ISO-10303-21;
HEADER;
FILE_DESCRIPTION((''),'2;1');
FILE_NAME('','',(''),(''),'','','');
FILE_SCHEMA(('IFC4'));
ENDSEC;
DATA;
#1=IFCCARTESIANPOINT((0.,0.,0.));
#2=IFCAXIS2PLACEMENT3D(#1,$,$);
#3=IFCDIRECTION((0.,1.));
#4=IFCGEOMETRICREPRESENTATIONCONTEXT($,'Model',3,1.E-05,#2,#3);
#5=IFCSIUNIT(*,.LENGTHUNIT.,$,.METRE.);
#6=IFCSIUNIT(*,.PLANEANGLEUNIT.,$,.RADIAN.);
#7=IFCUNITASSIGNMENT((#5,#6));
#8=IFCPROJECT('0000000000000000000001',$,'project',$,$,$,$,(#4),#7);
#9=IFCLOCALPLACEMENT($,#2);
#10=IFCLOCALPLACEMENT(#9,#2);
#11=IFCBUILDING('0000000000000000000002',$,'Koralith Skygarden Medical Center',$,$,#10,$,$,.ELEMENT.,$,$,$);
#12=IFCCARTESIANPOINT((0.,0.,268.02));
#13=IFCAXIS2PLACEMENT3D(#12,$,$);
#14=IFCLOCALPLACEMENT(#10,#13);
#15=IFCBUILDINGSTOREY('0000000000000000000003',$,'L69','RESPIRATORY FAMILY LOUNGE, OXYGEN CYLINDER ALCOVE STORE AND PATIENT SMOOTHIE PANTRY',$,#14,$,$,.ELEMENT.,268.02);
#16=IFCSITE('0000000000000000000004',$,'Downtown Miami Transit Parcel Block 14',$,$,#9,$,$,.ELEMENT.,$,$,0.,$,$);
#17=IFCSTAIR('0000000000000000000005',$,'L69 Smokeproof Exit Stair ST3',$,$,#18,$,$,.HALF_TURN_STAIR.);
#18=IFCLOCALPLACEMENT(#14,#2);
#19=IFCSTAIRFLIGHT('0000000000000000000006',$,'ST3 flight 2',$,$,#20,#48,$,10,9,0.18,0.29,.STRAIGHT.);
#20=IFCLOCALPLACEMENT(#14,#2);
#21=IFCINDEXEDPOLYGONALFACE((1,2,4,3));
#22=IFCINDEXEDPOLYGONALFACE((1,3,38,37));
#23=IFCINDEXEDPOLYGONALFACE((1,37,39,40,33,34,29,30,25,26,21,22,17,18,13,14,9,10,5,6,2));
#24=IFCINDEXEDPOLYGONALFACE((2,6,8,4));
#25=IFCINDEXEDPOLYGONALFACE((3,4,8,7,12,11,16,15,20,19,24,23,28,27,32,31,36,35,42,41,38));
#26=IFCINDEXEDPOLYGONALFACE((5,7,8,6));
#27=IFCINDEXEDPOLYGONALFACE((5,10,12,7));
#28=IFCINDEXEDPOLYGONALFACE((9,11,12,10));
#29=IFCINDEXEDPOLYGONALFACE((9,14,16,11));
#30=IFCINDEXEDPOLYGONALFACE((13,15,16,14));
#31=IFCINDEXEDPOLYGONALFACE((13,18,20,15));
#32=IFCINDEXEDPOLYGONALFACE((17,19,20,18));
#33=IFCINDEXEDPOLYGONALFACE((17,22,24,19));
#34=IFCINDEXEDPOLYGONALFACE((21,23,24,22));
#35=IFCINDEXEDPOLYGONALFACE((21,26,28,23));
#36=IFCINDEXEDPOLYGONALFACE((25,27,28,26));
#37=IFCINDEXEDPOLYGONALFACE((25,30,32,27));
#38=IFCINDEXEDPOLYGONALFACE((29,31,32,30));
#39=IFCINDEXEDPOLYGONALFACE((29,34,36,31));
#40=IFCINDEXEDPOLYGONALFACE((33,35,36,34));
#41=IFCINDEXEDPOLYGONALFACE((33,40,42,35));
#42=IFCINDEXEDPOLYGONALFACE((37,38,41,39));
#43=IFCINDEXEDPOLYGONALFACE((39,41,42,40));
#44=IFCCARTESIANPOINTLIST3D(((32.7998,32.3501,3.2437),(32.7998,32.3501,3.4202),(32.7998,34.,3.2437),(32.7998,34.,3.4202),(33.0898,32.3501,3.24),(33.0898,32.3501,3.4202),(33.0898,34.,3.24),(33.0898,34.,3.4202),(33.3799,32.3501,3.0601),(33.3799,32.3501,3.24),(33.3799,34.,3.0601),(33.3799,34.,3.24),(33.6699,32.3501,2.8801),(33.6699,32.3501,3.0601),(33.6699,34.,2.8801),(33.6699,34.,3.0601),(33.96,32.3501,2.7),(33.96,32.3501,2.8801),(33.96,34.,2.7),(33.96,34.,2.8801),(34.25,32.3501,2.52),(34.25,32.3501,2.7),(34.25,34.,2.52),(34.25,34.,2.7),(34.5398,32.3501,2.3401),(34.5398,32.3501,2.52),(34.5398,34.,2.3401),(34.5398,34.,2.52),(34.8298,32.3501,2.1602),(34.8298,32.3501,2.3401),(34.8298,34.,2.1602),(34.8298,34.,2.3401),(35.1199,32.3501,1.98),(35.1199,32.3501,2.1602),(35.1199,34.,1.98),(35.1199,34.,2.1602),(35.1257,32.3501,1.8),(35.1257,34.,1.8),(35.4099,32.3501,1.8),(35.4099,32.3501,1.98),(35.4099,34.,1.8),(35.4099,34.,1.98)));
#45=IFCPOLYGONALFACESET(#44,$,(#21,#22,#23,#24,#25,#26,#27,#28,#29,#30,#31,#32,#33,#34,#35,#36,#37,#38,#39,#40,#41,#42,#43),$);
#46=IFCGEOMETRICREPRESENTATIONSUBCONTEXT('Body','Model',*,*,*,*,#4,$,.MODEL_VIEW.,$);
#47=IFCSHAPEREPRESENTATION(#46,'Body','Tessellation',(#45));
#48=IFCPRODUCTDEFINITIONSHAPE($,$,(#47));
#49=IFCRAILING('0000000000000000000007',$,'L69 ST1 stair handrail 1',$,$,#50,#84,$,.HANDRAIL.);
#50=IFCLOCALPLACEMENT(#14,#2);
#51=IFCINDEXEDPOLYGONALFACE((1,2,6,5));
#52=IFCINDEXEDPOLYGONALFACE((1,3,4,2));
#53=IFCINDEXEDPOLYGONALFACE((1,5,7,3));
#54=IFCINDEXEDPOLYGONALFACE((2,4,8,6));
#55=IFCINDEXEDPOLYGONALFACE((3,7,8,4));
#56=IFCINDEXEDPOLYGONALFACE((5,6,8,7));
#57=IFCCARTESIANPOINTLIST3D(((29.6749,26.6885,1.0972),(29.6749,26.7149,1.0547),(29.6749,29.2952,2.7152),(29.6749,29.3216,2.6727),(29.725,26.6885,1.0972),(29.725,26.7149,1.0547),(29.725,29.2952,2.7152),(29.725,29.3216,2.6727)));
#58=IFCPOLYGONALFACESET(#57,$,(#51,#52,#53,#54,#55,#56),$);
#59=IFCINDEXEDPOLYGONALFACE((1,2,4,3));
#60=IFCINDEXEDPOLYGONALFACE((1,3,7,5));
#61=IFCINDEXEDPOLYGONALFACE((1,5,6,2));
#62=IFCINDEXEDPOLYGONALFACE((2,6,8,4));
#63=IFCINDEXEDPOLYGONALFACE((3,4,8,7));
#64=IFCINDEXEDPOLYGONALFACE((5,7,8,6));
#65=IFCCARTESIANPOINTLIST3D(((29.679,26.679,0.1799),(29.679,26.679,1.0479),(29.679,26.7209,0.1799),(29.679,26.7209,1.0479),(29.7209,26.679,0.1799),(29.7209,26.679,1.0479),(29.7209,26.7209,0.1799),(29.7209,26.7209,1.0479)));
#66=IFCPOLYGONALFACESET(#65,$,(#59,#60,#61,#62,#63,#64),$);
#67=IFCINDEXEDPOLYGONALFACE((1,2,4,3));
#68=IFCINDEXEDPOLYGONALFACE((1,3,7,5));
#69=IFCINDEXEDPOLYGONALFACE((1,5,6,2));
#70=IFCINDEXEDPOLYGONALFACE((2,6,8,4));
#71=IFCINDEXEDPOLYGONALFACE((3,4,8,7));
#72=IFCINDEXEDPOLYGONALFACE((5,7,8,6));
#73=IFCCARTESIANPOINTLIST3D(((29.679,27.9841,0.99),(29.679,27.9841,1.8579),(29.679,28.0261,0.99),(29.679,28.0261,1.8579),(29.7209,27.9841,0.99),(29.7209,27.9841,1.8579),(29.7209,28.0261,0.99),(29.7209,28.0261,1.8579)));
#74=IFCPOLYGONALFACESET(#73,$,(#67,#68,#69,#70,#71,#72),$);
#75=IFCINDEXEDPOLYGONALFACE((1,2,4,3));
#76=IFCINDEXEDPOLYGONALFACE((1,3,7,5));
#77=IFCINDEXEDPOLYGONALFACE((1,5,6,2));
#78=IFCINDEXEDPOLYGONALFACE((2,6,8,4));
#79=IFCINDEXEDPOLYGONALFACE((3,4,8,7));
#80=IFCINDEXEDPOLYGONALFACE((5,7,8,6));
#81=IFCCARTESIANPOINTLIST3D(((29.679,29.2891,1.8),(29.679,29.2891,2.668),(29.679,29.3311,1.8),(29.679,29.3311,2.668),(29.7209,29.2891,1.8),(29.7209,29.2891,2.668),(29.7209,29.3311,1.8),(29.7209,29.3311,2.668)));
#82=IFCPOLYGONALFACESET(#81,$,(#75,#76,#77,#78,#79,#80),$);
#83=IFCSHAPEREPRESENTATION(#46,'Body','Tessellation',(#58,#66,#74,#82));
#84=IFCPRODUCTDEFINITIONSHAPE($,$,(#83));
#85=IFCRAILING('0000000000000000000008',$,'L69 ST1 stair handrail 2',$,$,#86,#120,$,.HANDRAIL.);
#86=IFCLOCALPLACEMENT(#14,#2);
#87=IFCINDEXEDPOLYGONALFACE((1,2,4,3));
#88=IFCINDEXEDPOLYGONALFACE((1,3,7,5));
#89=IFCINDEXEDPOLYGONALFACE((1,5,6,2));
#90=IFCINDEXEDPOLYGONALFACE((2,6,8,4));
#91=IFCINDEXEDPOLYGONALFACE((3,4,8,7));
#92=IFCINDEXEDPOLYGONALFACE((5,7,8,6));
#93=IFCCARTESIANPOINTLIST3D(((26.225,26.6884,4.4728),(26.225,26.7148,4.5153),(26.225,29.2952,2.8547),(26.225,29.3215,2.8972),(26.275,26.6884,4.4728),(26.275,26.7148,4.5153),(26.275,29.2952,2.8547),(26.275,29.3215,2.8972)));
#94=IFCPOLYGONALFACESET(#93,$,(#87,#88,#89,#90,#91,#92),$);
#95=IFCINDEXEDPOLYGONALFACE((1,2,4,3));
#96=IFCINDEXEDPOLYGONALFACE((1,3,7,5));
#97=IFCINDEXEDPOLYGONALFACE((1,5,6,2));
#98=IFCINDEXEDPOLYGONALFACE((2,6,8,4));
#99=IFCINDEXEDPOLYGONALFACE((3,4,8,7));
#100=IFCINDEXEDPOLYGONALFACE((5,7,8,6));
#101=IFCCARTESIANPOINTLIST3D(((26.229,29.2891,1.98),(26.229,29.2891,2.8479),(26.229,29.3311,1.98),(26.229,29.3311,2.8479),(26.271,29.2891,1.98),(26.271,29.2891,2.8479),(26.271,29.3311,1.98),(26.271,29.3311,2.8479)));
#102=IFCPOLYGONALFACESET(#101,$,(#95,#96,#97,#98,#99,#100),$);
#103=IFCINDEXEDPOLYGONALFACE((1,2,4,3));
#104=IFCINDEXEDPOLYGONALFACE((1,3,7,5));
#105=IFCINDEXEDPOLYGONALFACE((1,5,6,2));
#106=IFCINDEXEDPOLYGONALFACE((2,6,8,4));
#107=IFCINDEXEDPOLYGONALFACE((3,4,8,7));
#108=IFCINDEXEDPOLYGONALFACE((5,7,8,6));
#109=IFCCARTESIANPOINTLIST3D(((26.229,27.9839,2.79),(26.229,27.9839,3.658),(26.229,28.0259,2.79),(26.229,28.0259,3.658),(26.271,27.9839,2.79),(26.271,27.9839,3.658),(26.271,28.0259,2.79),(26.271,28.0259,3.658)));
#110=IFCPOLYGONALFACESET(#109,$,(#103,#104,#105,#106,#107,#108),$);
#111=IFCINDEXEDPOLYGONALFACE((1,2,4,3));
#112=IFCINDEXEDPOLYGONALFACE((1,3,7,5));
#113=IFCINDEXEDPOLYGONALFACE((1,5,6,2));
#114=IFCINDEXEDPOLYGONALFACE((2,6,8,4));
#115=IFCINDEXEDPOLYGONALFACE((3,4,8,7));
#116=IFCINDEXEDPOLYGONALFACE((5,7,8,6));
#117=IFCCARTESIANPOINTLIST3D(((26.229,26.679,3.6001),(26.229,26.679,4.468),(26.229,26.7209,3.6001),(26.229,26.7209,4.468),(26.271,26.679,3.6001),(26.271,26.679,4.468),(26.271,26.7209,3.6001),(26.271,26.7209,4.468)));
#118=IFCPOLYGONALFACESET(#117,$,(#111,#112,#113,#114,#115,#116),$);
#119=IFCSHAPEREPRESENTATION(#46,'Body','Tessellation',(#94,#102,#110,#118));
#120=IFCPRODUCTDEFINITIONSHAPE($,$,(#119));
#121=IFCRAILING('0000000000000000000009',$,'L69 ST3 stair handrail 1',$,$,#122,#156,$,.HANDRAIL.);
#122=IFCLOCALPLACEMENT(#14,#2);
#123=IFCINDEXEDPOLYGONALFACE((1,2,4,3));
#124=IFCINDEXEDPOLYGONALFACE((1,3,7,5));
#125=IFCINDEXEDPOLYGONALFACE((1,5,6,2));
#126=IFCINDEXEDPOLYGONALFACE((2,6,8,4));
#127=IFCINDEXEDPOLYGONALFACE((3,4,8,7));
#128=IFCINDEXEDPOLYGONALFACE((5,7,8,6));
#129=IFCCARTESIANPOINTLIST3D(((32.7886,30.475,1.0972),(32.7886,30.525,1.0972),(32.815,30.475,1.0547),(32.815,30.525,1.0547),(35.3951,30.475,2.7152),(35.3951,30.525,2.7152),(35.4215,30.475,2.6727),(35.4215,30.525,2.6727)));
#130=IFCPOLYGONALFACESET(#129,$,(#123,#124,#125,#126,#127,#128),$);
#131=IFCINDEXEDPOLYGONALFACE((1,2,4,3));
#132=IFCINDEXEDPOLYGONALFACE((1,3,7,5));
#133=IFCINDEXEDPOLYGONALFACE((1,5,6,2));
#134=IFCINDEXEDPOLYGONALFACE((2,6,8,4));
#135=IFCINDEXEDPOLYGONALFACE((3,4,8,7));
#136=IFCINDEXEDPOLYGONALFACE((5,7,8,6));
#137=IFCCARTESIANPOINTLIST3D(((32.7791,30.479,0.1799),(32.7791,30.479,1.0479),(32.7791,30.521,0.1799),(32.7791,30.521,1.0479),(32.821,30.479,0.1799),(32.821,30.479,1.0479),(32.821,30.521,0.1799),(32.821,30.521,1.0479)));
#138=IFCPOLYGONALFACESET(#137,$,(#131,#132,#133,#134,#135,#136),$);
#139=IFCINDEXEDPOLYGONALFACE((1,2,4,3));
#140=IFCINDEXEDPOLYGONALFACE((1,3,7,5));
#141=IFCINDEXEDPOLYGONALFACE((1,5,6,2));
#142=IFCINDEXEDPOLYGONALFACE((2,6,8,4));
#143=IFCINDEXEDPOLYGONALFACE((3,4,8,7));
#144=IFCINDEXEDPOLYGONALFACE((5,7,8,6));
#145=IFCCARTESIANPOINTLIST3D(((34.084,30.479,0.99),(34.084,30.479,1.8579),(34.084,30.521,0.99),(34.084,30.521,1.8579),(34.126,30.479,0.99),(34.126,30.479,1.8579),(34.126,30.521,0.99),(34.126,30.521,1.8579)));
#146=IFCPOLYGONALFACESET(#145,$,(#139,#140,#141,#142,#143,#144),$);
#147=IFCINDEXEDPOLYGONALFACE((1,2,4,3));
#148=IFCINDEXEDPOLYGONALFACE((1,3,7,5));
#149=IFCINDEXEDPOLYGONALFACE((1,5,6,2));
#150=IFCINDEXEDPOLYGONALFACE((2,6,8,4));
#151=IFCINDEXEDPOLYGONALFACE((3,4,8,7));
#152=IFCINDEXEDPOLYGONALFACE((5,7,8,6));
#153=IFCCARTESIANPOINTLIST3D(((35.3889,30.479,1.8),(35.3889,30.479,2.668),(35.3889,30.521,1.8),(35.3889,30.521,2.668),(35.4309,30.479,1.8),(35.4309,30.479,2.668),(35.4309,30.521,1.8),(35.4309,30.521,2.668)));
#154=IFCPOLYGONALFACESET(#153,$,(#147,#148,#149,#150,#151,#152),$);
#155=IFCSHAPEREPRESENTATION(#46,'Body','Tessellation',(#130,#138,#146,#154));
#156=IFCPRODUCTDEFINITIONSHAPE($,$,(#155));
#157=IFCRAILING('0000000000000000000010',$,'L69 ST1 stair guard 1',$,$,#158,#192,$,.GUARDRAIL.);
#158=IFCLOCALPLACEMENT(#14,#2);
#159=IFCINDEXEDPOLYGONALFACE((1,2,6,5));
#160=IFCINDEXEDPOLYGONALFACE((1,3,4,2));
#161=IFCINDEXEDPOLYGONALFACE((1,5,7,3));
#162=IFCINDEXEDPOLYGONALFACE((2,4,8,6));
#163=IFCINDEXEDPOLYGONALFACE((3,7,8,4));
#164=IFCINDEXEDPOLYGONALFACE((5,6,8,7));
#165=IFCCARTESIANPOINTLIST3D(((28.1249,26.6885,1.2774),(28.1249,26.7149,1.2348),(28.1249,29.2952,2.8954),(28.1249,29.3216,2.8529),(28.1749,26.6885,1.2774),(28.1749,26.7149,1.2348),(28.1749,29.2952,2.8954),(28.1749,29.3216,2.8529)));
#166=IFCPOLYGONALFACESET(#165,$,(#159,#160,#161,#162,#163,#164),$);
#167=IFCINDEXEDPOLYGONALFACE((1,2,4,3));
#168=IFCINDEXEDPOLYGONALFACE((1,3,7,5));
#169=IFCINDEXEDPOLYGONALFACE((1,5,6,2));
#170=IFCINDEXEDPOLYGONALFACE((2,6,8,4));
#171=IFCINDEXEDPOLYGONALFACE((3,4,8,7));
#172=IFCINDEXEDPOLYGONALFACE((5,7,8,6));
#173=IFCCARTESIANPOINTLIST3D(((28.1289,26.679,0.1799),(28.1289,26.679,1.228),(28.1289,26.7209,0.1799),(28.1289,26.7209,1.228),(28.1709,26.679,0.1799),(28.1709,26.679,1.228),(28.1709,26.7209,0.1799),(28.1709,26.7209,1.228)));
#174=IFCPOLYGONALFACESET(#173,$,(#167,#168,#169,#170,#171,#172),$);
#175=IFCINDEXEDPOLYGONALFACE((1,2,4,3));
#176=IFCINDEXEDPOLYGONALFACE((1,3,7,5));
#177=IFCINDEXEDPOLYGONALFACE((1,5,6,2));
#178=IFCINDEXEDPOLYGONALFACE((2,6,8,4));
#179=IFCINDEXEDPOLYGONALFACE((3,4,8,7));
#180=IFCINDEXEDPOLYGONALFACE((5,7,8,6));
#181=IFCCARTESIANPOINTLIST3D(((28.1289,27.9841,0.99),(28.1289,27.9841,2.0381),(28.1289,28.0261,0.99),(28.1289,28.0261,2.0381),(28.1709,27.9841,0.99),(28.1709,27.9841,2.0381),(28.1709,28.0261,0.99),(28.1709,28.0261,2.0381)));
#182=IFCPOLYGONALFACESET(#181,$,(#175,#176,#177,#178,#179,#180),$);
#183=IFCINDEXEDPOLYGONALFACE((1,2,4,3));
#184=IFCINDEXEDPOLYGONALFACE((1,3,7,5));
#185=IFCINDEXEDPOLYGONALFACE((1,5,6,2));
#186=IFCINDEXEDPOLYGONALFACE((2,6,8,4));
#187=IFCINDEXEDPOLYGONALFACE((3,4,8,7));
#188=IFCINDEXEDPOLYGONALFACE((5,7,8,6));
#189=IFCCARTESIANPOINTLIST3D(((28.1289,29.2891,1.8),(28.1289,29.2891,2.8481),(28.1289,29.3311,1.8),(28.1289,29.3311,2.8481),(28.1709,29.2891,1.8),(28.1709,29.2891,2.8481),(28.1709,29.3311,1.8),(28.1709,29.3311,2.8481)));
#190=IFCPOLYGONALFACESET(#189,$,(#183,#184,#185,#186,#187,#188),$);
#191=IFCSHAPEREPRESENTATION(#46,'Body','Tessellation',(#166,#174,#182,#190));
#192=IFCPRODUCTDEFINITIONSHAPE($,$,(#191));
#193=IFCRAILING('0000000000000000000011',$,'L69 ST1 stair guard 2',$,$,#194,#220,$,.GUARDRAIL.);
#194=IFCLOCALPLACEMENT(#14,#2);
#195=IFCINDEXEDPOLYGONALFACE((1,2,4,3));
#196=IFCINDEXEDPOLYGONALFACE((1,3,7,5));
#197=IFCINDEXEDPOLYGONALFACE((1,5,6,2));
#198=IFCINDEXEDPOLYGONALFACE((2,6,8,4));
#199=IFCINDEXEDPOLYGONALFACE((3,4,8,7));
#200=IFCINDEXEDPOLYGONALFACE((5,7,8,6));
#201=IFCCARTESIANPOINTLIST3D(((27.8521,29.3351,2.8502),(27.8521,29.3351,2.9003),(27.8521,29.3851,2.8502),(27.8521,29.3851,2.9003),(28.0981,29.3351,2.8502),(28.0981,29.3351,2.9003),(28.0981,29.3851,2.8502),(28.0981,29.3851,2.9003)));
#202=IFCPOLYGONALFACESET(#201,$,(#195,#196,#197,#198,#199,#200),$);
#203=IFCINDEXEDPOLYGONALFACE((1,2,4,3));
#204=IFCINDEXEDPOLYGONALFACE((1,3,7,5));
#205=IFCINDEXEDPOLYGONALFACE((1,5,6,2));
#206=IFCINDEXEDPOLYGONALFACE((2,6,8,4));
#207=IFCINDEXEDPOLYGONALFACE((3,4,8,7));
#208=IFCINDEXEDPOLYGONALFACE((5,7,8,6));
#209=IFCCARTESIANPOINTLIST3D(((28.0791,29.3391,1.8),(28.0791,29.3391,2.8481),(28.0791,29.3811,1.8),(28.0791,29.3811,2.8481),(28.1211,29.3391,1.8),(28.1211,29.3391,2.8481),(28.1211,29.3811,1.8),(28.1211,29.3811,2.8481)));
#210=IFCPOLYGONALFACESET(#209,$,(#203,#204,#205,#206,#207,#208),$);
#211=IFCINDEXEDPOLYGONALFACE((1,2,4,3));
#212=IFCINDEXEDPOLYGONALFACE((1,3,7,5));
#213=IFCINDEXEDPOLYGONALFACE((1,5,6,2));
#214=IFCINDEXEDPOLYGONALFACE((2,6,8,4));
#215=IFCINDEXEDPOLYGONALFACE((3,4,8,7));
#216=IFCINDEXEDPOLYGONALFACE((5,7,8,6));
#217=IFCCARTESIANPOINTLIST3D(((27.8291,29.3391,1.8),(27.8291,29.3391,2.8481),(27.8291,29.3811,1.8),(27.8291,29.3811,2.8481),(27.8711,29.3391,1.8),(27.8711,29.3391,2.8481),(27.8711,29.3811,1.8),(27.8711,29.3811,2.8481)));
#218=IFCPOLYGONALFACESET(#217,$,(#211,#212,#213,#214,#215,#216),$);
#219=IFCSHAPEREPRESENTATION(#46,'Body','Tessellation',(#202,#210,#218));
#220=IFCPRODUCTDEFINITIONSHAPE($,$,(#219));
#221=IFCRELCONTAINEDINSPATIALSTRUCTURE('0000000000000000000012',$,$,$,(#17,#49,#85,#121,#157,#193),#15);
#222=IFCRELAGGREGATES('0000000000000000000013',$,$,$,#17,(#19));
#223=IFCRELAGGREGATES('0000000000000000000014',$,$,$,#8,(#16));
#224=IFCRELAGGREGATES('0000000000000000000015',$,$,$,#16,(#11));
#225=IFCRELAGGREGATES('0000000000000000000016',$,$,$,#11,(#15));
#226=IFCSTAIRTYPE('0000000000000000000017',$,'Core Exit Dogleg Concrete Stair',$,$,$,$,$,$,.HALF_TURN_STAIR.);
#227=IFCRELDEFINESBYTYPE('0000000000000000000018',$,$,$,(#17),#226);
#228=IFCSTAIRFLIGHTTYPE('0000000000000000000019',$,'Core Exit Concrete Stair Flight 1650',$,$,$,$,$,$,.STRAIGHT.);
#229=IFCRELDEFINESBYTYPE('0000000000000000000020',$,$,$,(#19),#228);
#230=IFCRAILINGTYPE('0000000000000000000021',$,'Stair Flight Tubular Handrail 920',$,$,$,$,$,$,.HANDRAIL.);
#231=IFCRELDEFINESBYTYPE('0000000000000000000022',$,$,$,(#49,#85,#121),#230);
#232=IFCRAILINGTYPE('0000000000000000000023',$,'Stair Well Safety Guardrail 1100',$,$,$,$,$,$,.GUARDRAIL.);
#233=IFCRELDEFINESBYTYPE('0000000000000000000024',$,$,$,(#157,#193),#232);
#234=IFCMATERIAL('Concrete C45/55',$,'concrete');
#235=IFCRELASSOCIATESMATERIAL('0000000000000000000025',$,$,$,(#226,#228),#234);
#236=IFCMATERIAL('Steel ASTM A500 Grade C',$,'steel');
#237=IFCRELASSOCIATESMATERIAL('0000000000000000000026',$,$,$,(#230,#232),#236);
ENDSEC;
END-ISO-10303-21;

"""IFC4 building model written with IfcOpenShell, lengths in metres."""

from ifc_helpers import new_model, si_unit, direction, frame, origin, origin_2d, place, context, subcontext, project, spatial, polyline, rectangle, outline, extrude, material, type_object, element, aggregate, save


model = new_model("IFC4")

# Units and contexts
model_context = context("Model", 3, precision=1e-05, world=origin(), true_north=direction((0.0, 1.0)))
body_context = subcontext(model_context, "Body", "Model", "MODEL_VIEW")
ifc_project = project(units=[si_unit("LENGTHUNIT", "METRE"), si_unit("PLANEANGLEUNIT", "RADIAN")], contexts=[model_context])

# Site, building, storey
site_placement = place(None, origin())
site = spatial("IfcSite", under=ifc_project, at=site_placement, Name="Downtown Miami Transit Parcel Block 14", CompositionType="ELEMENT", RefElevation=0.0)
building_placement = place(site_placement, origin())
building = spatial("IfcBuilding", under=site, at=building_placement, Name="Koralith Skygarden Medical Center", CompositionType="ELEMENT")
storey_placement = place(building_placement, frame((0.0, 0.0, 268.02)))
storey = spatial("IfcBuildingStorey", under=building, at=storey_placement, Name="L69", Description="RESPIRATORY FAMILY LOUNGE, OXYGEN CYLINDER ALCOVE STORE AND PATIENT SMOOTHIE PANTRY", CompositionType="ELEMENT", Elevation=268.02)

# Shared definitions
ifc_material_1 = material(Name="Concrete C45/55", Category="concrete")

# Stair, stair flight
stair_type = type_object("IfcStairType", Name="Core Exit Dogleg Concrete Stair", PredefinedType="HALF_TURN_STAIR", material=ifc_material_1)
stair_flight_type = type_object("IfcStairFlightType", Name="Core Exit Concrete Stair Flight 1650", PredefinedType="STRAIGHT", material=ifc_material_1)
stair_1_placement = place(storey_placement, origin())
stair_1 = element("IfcStair", 1, at=stair_1_placement, inside=storey, type_object=stair_type, Name="L69 Smokeproof Exit Stair ST3", PredefinedType="HALF_TURN_STAIR")
stair_flight_1_placement = place(storey_placement, frame((35.4099, 33.175, 1.8), z_axis=(0.0, 0.0, 1.0), x_axis=(-1.0, 0.0, 0.0)))
stair_flight_1 = element("IfcStairFlight", 2, at=stair_flight_1_placement, type_object=stair_flight_type, Name="ST3 flight 2", NumberOfRisers=10, NumberOfTreads=9, PredefinedType="STRAIGHT", RiserHeight=0.18, TreadLength=0.29, context=body_context, shape_type="SweptSolid", body=[
    extrude(outline(polyline([(0.0, 0.0), (0.0, 0.1799), (0.29, 0.1799), (0.29, 0.3601), (0.5801, 0.3601), (0.5801, 0.54), (0.8701, 0.54), (0.8701, 0.72), (1.1599, 0.72), (1.1599, 0.8999), (1.45, 0.8999), (1.45, 1.0801), (1.74, 1.0801), (1.74, 1.26), (2.03, 1.26), (2.03, 1.4399), (2.3201, 1.4399), (2.3201, 1.6201), (2.6101, 1.6201), (2.6101, 1.8), (2.6101, 1.4436), (0.2842, 0.0), (0.0, 0.0)])), frame((0.0, 0.825, 0.0), z_axis=(0.0, -1.0, 0.0), x_axis=(1.0, 0.0, 0.0)), (0.0, 0.0, 1.0), 1.6499),
])
aggregate(stair_1, [stair_flight_1])

# Railings
ifc_material_2 = material(Name="Steel ASTM A500 Grade C", Category="steel")
railing_type_1 = type_object("IfcRailingType", Name="Stair Flight Tubular Handrail 920", PredefinedType="HANDRAIL", material=ifc_material_2)
railing_1_placement = place(storey_placement, frame((29.7, 26.7, 0.1799)))
element("IfcRailing", 3, at=railing_1_placement, inside=storey, type_object=railing_type_1, Name="L69 ST1 stair handrail 1", PredefinedType="HANDRAIL", context=body_context, shape_type="SweptSolid", body=[
    extrude(rectangle(XDim=0.05, YDim=0.05, at=origin_2d()), frame((0.0, 0.0017, 0.896), z_axis=(0.0, 0.849633, 0.527375), x_axis=(-1.0, 0.0, 0.0)), (0.0, 0.0, 1.0), 3.0681),
    extrude(rectangle(XDim=0.042, YDim=0.042, at=origin_2d()), origin(), (0.0, 0.0, 1.0), 0.8679),
    extrude(rectangle(XDim=0.042, YDim=0.042, at=origin_2d()), frame((0.0, 1.3052, 0.8101)), (0.0, 0.0, 1.0), 0.8679),
    extrude(rectangle(XDim=0.042, YDim=0.042, at=origin_2d()), frame((0.0, 2.6101, 1.6201)), (0.0, 0.0, 1.0), 0.8679),
])
railing_2_placement = place(storey_placement, frame((26.25, 29.3101, 1.98)))
element("IfcRailing", 4, at=railing_2_placement, inside=storey, type_object=railing_type_1, Name="L69 ST1 stair handrail 2", PredefinedType="HANDRAIL", context=body_context, shape_type="SweptSolid", body=[
    extrude(rectangle(XDim=0.05, YDim=0.05, at=origin_2d()), frame((0.0, -0.0017, 0.896), z_axis=(0.0, -0.849633, 0.527375), x_axis=(1.0, 0.0, 0.0)), (0.0, 0.0, 1.0), 3.0681),
    extrude(rectangle(XDim=0.042, YDim=0.042, at=origin_2d()), origin(), (0.0, 0.0, 1.0), 0.8679),
    extrude(rectangle(XDim=0.042, YDim=0.042, at=origin_2d()), frame((0.0, -1.3052, 0.8101)), (0.0, 0.0, 1.0), 0.8679),
    extrude(rectangle(XDim=0.042, YDim=0.042, at=origin_2d()), frame((0.0, -2.6101, 1.6201)), (0.0, 0.0, 1.0), 0.8679),
])
railing_3_placement = place(storey_placement, frame((32.8, 30.5, 0.1799)))
element("IfcRailing", 5, at=railing_3_placement, inside=storey, type_object=railing_type_1, Name="L69 ST3 stair handrail 1", PredefinedType="HANDRAIL", context=body_context, shape_type="SweptSolid", body=[
    extrude(rectangle(XDim=0.05, YDim=0.05, at=origin_2d()), frame((0.0017, 0.0, 0.896), z_axis=(0.849611, 0.0, 0.52741), x_axis=(0.0, 1.0, 0.0)), (0.0, 0.0, 1.0), 3.0679),
    extrude(rectangle(XDim=0.042, YDim=0.042, at=origin_2d()), origin(), (0.0, 0.0, 1.0), 0.8679),
    extrude(rectangle(XDim=0.042, YDim=0.042, at=origin_2d()), frame((1.3049, 0.0, 0.8101)), (0.0, 0.0, 1.0), 0.8679),
    extrude(rectangle(XDim=0.042, YDim=0.042, at=origin_2d()), frame((2.6099, 0.0, 1.6201)), (0.0, 0.0, 1.0), 0.8679),
])
railing_type_2 = type_object("IfcRailingType", Name="Stair Well Safety Guardrail 1100", PredefinedType="GUARDRAIL", material=ifc_material_2)
railing_4_placement = place(storey_placement, frame((28.1499, 26.7, 0.1799)))
element("IfcRailing", 6, at=railing_4_placement, inside=storey, type_object=railing_type_2, Name="L69 ST1 stair guard 1", PredefinedType="GUARDRAIL", context=body_context, shape_type="SweptSolid", body=[
    extrude(rectangle(XDim=0.05, YDim=0.05, at=origin_2d()), frame((0.0, 0.0017, 1.0762), z_axis=(0.0, 0.849633, 0.527375), x_axis=(-1.0, 0.0, 0.0)), (0.0, 0.0, 1.0), 3.0681),
    extrude(rectangle(XDim=0.042, YDim=0.042, at=origin_2d()), origin(), (0.0, 0.0, 1.0), 1.0481),
    extrude(rectangle(XDim=0.042, YDim=0.042, at=origin_2d()), frame((0.0, 1.3052, 0.8101)), (0.0, 0.0, 1.0), 1.0481),
    extrude(rectangle(XDim=0.042, YDim=0.042, at=origin_2d()), frame((0.0, 2.6101, 1.6201)), (0.0, 0.0, 1.0), 1.0481),
])
railing_5_placement = place(storey_placement, frame((28.1001, 29.3601, 1.8)))
element("IfcRailing", 7, at=railing_5_placement, inside=storey, type_object=railing_type_2, Name="L69 ST1 stair guard 2", PredefinedType="GUARDRAIL", context=body_context, shape_type="SweptSolid", body=[
    extrude(rectangle(XDim=0.05, YDim=0.05, at=origin_2d()), frame((-0.002, 0.0, 1.0752), z_axis=(-1.0, 0.0, 0.0), x_axis=(0.0, -1.0, 0.0)), (0.0, 0.0, 1.0), 0.2461),
    extrude(rectangle(XDim=0.042, YDim=0.042, at=origin_2d()), origin(), (0.0, 0.0, 1.0), 1.0481),
    extrude(rectangle(XDim=0.042, YDim=0.042, at=origin_2d()), frame((-0.25, 0.0, 0.0)), (0.0, 0.0, 1.0), 1.0481),
])

save(model, "model.ifc")
